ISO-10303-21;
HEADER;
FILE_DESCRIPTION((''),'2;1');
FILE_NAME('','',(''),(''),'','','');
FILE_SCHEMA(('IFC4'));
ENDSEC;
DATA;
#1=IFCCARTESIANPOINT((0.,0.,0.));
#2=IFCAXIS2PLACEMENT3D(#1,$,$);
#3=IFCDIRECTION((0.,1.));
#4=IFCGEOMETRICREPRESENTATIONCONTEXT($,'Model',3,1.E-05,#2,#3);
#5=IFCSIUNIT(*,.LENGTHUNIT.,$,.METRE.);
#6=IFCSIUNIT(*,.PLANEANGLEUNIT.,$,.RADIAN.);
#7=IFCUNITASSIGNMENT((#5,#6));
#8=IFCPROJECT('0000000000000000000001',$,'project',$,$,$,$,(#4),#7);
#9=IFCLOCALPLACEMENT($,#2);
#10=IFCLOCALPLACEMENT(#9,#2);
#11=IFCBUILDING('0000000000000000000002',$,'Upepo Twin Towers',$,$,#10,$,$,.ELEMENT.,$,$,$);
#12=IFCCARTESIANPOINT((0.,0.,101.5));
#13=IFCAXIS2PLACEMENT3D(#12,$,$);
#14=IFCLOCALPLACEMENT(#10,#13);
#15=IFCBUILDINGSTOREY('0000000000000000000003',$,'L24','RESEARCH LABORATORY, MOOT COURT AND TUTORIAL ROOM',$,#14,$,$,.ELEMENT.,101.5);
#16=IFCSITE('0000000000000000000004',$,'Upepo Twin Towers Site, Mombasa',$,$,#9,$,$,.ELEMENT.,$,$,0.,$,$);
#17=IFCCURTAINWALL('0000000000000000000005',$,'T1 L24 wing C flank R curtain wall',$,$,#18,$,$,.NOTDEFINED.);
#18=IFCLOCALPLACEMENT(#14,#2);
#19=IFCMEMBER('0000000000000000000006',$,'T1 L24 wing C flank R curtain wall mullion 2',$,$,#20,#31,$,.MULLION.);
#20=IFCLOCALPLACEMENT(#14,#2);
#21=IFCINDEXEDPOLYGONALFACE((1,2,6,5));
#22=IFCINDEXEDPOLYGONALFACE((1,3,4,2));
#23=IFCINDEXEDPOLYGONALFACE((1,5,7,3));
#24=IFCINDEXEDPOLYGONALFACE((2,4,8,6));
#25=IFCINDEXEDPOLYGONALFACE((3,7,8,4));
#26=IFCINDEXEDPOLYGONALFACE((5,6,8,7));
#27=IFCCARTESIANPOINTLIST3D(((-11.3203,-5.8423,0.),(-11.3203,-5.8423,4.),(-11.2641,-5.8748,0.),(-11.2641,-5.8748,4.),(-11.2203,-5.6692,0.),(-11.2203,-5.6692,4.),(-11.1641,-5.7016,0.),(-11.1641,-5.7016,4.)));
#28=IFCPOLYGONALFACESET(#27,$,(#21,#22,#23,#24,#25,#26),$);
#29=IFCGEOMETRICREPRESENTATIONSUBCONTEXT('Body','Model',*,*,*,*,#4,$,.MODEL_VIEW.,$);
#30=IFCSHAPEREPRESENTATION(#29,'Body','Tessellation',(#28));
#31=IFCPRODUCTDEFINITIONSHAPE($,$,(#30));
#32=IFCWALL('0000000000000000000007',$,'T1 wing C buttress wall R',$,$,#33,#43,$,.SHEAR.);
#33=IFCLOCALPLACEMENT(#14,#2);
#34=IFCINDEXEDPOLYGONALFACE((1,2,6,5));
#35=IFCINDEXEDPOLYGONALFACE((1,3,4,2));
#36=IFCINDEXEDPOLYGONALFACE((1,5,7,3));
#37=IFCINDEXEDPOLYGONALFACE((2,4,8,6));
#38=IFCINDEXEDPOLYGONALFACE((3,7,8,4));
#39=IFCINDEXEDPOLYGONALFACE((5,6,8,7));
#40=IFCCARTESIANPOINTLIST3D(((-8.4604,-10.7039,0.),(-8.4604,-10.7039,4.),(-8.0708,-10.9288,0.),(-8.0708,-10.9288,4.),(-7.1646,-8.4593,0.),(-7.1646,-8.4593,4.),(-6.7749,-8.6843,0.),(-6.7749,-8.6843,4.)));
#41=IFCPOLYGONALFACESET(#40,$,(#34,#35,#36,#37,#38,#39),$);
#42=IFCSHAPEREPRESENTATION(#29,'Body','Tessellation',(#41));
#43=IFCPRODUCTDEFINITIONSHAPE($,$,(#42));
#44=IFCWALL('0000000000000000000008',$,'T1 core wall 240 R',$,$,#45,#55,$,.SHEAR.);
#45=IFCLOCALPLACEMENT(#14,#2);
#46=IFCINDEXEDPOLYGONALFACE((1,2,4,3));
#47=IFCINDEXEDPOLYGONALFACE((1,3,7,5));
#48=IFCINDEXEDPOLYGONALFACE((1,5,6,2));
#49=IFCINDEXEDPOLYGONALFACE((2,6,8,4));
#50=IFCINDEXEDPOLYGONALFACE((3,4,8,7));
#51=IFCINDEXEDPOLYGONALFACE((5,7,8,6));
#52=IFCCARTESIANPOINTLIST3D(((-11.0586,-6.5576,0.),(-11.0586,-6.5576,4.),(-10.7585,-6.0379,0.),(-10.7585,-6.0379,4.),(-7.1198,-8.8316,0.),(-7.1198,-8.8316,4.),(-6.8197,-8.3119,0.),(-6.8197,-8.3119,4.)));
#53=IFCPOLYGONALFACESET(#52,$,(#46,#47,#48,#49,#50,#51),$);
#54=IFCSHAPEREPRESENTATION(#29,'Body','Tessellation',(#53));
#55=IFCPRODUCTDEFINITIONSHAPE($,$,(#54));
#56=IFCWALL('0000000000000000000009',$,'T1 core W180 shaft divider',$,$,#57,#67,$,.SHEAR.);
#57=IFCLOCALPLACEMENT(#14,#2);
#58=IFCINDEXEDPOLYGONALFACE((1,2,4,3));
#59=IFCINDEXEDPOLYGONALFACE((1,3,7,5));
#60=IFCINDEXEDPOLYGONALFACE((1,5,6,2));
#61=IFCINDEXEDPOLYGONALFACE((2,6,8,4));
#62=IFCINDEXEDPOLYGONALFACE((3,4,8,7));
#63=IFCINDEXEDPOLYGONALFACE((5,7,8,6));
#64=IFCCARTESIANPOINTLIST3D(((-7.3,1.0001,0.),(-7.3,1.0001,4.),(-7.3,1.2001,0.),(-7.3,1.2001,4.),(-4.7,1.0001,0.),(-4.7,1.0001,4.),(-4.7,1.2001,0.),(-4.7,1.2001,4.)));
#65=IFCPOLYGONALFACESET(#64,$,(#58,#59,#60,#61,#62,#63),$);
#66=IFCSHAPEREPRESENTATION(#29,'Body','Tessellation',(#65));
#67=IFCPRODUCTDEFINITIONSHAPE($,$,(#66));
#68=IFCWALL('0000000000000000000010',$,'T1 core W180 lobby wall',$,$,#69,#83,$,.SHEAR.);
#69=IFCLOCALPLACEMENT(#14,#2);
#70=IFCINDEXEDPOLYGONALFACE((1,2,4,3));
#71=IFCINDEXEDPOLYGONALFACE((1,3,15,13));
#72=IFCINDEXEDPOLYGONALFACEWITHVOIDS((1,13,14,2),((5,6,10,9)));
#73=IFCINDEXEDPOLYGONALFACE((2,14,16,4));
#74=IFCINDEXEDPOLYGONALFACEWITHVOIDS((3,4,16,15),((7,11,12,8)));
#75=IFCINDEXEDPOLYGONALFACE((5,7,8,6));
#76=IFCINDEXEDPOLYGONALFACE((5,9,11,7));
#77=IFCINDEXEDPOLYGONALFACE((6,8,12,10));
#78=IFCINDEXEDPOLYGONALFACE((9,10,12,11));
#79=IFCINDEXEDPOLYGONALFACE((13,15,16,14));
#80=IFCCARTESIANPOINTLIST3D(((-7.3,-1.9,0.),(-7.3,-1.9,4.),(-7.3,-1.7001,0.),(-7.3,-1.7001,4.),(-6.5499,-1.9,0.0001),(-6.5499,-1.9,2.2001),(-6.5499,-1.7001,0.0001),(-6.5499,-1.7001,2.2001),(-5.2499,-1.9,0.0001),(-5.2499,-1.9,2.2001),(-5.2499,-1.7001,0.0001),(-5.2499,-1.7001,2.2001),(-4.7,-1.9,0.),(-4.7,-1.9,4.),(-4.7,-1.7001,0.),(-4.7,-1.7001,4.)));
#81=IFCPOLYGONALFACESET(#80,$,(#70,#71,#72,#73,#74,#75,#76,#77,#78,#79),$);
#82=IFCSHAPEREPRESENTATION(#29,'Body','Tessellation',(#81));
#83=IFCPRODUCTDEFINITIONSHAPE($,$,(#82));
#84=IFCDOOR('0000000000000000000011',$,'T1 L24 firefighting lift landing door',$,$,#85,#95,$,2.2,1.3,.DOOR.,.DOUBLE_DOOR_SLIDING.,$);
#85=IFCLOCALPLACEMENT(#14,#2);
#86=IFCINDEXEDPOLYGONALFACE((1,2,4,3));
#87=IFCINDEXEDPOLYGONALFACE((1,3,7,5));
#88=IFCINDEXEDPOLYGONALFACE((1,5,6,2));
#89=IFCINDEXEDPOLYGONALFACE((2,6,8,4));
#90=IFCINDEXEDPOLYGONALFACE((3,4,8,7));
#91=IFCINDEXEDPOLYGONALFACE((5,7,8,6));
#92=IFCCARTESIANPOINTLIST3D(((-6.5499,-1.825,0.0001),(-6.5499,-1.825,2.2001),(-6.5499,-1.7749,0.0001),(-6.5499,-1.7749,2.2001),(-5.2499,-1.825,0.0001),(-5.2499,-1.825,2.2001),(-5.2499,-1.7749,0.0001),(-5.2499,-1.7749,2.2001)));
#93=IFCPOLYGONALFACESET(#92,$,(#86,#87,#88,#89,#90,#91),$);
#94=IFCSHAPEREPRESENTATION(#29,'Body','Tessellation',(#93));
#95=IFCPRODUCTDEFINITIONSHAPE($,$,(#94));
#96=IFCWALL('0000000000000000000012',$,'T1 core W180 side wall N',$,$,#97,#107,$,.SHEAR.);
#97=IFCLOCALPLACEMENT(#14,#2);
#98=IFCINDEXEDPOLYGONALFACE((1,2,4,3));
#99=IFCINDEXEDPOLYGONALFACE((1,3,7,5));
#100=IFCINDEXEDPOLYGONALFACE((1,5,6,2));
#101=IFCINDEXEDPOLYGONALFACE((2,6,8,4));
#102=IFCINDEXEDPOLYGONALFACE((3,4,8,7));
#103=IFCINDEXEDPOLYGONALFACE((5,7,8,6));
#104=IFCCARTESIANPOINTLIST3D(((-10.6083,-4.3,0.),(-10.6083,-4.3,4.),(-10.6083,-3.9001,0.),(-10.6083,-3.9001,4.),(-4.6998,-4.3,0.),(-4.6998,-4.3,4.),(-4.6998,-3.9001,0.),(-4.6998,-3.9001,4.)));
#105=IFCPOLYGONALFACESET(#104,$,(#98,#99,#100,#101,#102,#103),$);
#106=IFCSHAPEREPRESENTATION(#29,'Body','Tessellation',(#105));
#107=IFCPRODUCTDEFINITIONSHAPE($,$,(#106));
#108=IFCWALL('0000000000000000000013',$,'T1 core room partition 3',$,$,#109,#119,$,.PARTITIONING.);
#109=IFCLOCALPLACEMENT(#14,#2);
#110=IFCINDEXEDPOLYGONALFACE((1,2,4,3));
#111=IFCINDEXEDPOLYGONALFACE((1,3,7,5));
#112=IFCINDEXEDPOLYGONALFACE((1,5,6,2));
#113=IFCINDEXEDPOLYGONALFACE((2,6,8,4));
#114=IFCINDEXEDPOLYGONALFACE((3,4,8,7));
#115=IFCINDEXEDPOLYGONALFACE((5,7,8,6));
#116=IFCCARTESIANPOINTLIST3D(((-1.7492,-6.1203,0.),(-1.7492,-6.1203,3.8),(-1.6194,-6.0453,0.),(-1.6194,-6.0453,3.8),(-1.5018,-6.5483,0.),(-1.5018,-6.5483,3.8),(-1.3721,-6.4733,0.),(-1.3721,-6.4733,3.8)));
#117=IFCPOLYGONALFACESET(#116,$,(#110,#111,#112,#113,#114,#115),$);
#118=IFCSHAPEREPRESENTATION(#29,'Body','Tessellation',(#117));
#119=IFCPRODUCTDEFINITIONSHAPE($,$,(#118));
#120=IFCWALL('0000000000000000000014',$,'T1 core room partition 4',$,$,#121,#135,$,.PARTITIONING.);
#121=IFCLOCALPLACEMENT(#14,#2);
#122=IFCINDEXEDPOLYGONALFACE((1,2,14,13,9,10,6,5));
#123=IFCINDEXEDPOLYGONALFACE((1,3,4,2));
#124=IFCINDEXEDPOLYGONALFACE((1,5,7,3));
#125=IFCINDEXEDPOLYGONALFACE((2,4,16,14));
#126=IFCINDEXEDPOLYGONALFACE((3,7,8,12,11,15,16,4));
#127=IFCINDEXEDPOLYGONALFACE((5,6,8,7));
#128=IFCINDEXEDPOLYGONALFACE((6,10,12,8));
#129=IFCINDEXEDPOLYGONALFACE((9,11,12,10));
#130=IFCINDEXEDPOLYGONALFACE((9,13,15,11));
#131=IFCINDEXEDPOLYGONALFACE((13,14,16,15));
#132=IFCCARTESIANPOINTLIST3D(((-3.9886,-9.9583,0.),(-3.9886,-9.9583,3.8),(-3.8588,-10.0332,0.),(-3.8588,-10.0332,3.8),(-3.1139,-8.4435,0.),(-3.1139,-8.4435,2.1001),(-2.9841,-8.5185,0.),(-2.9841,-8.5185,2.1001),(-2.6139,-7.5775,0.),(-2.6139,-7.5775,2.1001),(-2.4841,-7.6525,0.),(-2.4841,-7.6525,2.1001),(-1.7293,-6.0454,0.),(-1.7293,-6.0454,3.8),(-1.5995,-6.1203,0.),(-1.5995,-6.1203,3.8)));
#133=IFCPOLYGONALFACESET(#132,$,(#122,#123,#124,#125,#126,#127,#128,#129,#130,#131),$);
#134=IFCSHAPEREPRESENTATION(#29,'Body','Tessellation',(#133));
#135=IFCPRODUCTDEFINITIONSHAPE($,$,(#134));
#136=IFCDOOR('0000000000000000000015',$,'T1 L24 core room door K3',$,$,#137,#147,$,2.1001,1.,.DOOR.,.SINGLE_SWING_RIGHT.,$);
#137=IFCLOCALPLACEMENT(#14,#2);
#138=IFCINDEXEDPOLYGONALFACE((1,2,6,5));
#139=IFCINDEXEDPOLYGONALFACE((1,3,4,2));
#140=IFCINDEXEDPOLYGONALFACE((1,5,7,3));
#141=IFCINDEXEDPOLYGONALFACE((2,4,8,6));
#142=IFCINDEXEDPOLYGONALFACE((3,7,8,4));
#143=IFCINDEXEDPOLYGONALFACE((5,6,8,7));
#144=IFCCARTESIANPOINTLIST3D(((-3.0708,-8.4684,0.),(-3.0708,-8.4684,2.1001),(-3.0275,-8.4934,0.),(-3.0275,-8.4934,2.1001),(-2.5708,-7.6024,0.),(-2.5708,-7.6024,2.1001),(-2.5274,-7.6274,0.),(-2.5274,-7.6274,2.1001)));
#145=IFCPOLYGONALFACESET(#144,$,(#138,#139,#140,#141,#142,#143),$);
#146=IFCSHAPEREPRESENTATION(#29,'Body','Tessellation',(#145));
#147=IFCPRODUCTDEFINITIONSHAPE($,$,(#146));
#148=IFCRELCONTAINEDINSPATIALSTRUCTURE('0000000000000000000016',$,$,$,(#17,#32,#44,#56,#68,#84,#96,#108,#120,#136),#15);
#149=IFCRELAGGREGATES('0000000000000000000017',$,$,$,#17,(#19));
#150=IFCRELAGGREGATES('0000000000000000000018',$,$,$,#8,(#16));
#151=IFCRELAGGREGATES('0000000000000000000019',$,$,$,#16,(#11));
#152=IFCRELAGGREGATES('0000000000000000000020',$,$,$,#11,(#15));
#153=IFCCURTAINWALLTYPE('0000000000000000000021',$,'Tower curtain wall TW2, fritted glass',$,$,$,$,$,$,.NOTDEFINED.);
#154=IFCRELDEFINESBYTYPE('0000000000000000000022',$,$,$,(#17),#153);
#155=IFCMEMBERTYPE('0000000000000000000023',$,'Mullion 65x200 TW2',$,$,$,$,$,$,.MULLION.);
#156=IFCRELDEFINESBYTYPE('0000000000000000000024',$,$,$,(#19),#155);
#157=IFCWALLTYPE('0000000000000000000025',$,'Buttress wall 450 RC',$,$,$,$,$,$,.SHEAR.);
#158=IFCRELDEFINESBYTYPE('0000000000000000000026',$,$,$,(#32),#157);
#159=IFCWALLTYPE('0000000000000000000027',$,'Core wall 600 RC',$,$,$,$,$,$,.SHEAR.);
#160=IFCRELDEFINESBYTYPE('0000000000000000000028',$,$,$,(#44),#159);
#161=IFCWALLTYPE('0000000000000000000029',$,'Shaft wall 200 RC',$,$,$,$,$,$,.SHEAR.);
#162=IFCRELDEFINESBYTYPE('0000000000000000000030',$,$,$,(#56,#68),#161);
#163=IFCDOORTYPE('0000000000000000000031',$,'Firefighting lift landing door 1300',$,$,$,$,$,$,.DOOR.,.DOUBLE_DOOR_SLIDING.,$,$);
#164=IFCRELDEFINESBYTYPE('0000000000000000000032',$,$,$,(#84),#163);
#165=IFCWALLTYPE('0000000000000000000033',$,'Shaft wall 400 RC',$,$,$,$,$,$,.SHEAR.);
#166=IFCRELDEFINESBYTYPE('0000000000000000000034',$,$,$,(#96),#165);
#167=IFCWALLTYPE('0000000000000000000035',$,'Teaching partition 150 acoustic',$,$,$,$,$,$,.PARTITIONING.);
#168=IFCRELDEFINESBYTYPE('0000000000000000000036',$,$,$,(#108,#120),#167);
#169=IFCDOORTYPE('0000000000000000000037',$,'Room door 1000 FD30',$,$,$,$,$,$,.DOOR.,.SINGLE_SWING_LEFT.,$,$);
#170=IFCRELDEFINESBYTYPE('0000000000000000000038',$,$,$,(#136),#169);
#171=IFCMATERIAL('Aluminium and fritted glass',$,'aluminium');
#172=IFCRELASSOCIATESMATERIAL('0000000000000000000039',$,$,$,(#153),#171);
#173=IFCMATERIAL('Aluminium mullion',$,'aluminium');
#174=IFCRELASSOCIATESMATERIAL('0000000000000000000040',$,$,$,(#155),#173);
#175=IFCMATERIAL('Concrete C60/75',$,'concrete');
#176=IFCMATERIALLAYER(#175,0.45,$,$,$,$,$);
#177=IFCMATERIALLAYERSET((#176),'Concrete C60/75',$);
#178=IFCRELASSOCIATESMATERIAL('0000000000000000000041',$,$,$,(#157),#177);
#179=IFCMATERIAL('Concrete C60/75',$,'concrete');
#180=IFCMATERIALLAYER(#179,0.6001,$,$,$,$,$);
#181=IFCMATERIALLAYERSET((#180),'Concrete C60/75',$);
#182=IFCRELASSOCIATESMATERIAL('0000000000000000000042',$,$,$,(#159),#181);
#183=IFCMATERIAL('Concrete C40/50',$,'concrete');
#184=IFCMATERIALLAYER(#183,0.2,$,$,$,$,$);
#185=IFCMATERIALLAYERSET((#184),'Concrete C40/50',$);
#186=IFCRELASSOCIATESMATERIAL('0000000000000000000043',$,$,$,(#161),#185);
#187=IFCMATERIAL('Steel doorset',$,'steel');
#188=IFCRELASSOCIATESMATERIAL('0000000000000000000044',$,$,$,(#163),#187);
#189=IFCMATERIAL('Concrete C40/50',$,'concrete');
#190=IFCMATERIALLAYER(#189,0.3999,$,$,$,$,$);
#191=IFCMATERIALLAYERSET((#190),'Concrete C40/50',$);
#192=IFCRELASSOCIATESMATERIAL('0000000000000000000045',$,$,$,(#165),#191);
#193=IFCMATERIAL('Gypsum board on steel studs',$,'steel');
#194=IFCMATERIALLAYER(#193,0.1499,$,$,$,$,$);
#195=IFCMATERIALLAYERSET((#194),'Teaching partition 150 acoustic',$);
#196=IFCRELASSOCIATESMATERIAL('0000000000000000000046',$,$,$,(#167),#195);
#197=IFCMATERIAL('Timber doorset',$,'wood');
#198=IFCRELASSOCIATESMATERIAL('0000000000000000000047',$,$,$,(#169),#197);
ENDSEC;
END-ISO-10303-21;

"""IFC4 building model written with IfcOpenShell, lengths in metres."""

from ifc_helpers import new_model, si_unit, direction, frame, frame_2d, origin, origin_2d, place, context, subcontext, project, spatial, rectangle, extrude, material, layer, layer_set, material_profile, profile_set, type_object, element, fill, aggregate, save


model = new_model("IFC4")

# Units and contexts
model_context = context("Model", 3, precision=1e-05, world=origin(), true_north=direction((0.0, 1.0)))
body_context = subcontext(model_context, "Body", "Model", "MODEL_VIEW")
ifc_project = project(units=[si_unit("LENGTHUNIT", "METRE"), si_unit("PLANEANGLEUNIT", "RADIAN")], contexts=[model_context])

# Site, building, storey
site_placement = place(None, origin())
site = spatial("IfcSite", under=ifc_project, at=site_placement, Name="Upepo Twin Towers Site, Mombasa", CompositionType="ELEMENT", RefElevation=0.0)
building_placement = place(site_placement, origin())
building = spatial("IfcBuilding", under=site, at=building_placement, Name="Upepo Twin Towers", CompositionType="ELEMENT")
storey_placement = place(building_placement, frame((0.0, 0.0, 101.5)))
storey = spatial("IfcBuildingStorey", under=building, at=storey_placement, Name="L24", Description="RESEARCH LABORATORY, MOOT COURT AND TUTORIAL ROOM", CompositionType="ELEMENT", Elevation=101.5)

# Curtain wall, member
ifc_material_1 = material(Name="Aluminium and fritted glass", Category="aluminium")
curtain_wall_type = type_object("IfcCurtainWallType", Name="Tower curtain wall TW2, fritted glass", PredefinedType="NOTDEFINED", material=ifc_material_1)
curtain_wall_placement = place(storey_placement, origin())
curtain_wall = element("IfcCurtainWall", 1, at=curtain_wall_placement, inside=storey, type_object=curtain_wall_type, Name="T1 L24 wing C flank R curtain wall", PredefinedType="NOTDEFINED")
ifc_material_2 = material(Name="Aluminium mullion", Category="aluminium")
ifc_material_profile = material_profile(ifc_material_2, rectangle(XDim=0.0649, YDim=0.2, at=origin_2d()), Name="MULLION 65x200")
ifc_profile_set = profile_set([ifc_material_profile], Name="Aluminium mullion")
member_type = type_object("IfcMemberType", Name="Mullion 65x200 TW2", PredefinedType="MULLION", material=ifc_profile_set)
member_placement = place(storey_placement, frame((-11.2422, -5.772, 0.0), z_axis=(0.0, 0.0, 1.0), x_axis=(-0.866025, 0.5, 0.0)))
member = element("IfcMember", 2, at=member_placement, type_object=member_type, Name="T1 L24 wing C flank R curtain wall mullion 2", PredefinedType="MULLION", context=body_context, shape_type="SweptSolid", body=[
    extrude(rectangle(XDim=0.0649, YDim=0.2, at=origin_2d()), origin(), (0.0, 0.0, 1.0), 4.0),
])
aggregate(curtain_wall, [member])

# Walls
ifc_material_3 = material(Name="Concrete C60/75", Category="concrete")
ifc_layer_1 = layer(ifc_material_3, 0.45)
ifc_layer_set_1 = layer_set([ifc_layer_1], Name="Concrete C60/75")
wall_type_1 = type_object("IfcWallType", Name="Buttress wall 450 RC", PredefinedType="SHEAR", material=ifc_layer_set_1)
wall_1_placement = place(storey_placement, frame((-6.9697, -8.5718, 0.0), z_axis=(0.0, 0.0, 1.0), x_axis=(-0.499989, -0.866032, 0.0)))
element("IfcWall", 3, at=wall_1_placement, inside=storey, type_object=wall_type_1, Name="T1 wing C buttress wall R", PredefinedType="SHEAR", context=body_context, shape_type="SweptSolid", body=[
    extrude(rectangle(XDim=2.5918, YDim=0.45, at=frame_2d((1.2959, 0.0))), origin(), (0.0, 0.0, 1.0), 4.0),
])
ifc_material_4 = material(Name="Concrete C60/75", Category="concrete")
ifc_layer_2 = layer(ifc_material_4, 0.6001)
ifc_layer_set_2 = layer_set([ifc_layer_2], Name="Concrete C60/75")
wall_type_2 = type_object("IfcWallType", Name="Core wall 600 RC", PredefinedType="SHEAR", material=ifc_layer_set_2)
wall_2_placement = place(storey_placement, frame((-10.9084, -6.2979, 0.0), z_axis=(0.0, 0.0, 1.0), x_axis=(0.866035, -0.499984, 0.0)))
element("IfcWall", 4, at=wall_2_placement, inside=storey, type_object=wall_type_2, Name="T1 core wall 240 R", PredefinedType="SHEAR", context=body_context, shape_type="SweptSolid", body=[
    extrude(rectangle(XDim=4.5481, YDim=0.6001, at=frame_2d((2.2739, 0.0))), origin(), (0.0, 0.0, 1.0), 4.0),
])
ifc_material_5 = material(Name="Concrete C40/50", Category="concrete")
ifc_layer_3 = layer(ifc_material_5, 0.2)
ifc_layer_set_3 = layer_set([ifc_layer_3], Name="Concrete C40/50")
wall_type_3 = type_object("IfcWallType", Name="Shaft wall 200 RC", PredefinedType="SHEAR", material=ifc_layer_set_3)
wall_3_placement = place(storey_placement, frame((-4.7, 1.1001, 0.0), z_axis=(0.0, 0.0, 1.0), x_axis=(-1.0, 0.0, 0.0)))
element("IfcWall", 5, at=wall_3_placement, inside=storey, type_object=wall_type_3, Name="T1 core W180 shaft divider", PredefinedType="SHEAR", context=body_context, shape_type="SweptSolid", body=[
    extrude(rectangle(XDim=2.6001, YDim=0.2, at=frame_2d((1.3, 0.0))), origin(), (0.0, 0.0, 1.0), 4.0),
])

# Wall, opening, door
wall_4_placement = place(storey_placement, frame((-4.7, -1.8, 0.0), z_axis=(0.0, 0.0, 1.0), x_axis=(-1.0, 0.0, 0.0)))
wall_4 = element("IfcWall", 6, at=wall_4_placement, inside=storey, type_object=wall_type_3, Name="T1 core W180 lobby wall", PredefinedType="SHEAR", context=body_context, shape_type="SweptSolid", body=[
    extrude(rectangle(XDim=2.6001, YDim=0.2, at=frame_2d((1.3, 0.0))), origin(), (0.0, 0.0, 1.0), 4.0),
])
opening_1_placement = place(wall_4_placement, frame((0.55, 0.0, 0.0)))
opening_1 = element("IfcOpeningElement", 7, at=opening_1_placement, cuts=wall_4, PredefinedType="OPENING", context=body_context, shape_type="SweptSolid", body=[
    extrude(rectangle(XDim=1.3, YDim=2.2, at=frame_2d((0.6499, 1.1001))), frame((0.0, 0.1099, 0.0), z_axis=(0.0, -1.0, 0.0), x_axis=(1.0, 0.0, 0.0)), (0.0, 0.0, 1.0), 0.22),
])
ifc_material_6 = material(Name="Steel doorset", Category="steel")
door_type_1 = type_object("IfcDoorType", Name="Firefighting lift landing door 1300", OperationType="DOUBLE_DOOR_SLIDING", PredefinedType="DOOR", material=ifc_material_6)
door_1_placement = place(opening_1_placement, origin())
door_1 = element("IfcDoor", 8, at=door_1_placement, inside=storey, type_object=door_type_1, Name="T1 L24 firefighting lift landing door", OperationType="DOUBLE_DOOR_SLIDING", OverallHeight=2.2, OverallWidth=1.3, PredefinedType="DOOR", context=body_context, shape_type="SweptSolid", body=[
    extrude(rectangle(XDim=1.3, YDim=2.2, at=frame_2d((0.6499, 1.1001))), frame((0.0, 0.0249, 0.0), z_axis=(0.0, -1.0, 0.0), x_axis=(1.0, 0.0, 0.0)), (0.0, 0.0, 1.0), 0.05),
])
fill(opening_1, door_1)

# Walls
ifc_material_7 = material(Name="Concrete C40/50", Category="concrete")
ifc_layer_4 = layer(ifc_material_7, 0.3999)
ifc_layer_set_4 = layer_set([ifc_layer_4], Name="Concrete C40/50")
wall_type_4 = type_object("IfcWallType", Name="Shaft wall 400 RC", PredefinedType="SHEAR", material=ifc_layer_set_4)
wall_5_placement = place(storey_placement, frame((-4.7, -4.1001, 0.0), z_axis=(0.0, 0.0, 1.0), x_axis=(-1.0, 0.0, 0.0)))
element("IfcWall", 9, at=wall_5_placement, inside=storey, type_object=wall_type_4, Name="T1 core W180 side wall N", PredefinedType="SHEAR", context=body_context, shape_type="SweptSolid", body=[
    extrude(rectangle(XDim=5.9084, YDim=0.3999, at=frame_2d((2.9541, 0.0))), origin(), (0.0, 0.0, 1.0), 4.0),
])
ifc_material_8 = material(Name="Gypsum board on steel studs", Category="steel")
ifc_layer_5 = layer(ifc_material_8, 0.1499)
ifc_layer_set_5 = layer_set([ifc_layer_5], Name="Teaching partition 150 acoustic")
wall_type_5 = type_object("IfcWallType", Name="Teaching partition 150 acoustic", PredefinedType="PARTITIONING", material=ifc_layer_set_5)
wall_6_placement = place(storey_placement, frame((-1.437, -6.5107, 0.0), z_axis=(0.0, 0.0, 1.0), x_axis=(-0.500335, 0.865832, 0.0)))
element("IfcWall", 10, at=wall_6_placement, inside=storey, type_object=wall_type_5, Name="T1 core room partition 3", PredefinedType="PARTITIONING", context=body_context, shape_type="SweptSolid", body=[
    extrude(rectangle(XDim=0.4944, YDim=0.1499, at=frame_2d((0.2471, 0.0))), origin(), (0.0, 0.0, 1.0), 3.8),
])

# Wall, opening, door
wall_7_placement = place(storey_placement, frame((-1.6643, -6.0828, 0.0), z_axis=(0.0, 0.0, 1.0), x_axis=(-0.500033, -0.866007, 0.0)))
wall_7 = element("IfcWall", 11, at=wall_7_placement, inside=storey, type_object=wall_type_5, Name="T1 core room partition 4", PredefinedType="PARTITIONING", context=body_context, shape_type="SweptSolid", body=[
    extrude(rectangle(XDim=4.5183, YDim=0.1499, at=frame_2d((2.2593, 0.0))), origin(), (0.0, 0.0, 1.0), 3.8),
])
opening_2_placement = place(wall_7_placement, frame((1.7693, 0.0, 0.0)))
opening_2 = element("IfcOpeningElement", 12, at=opening_2_placement, cuts=wall_7, PredefinedType="OPENING", context=body_context, shape_type="SweptSolid", body=[
    extrude(rectangle(XDim=1.0, YDim=2.1001, at=frame_2d((0.5, 1.05))), frame((0.0, 0.085, 0.0), z_axis=(0.0, -1.0, 0.0), x_axis=(1.0, 0.0, 0.0)), (0.0, 0.0, 1.0), 0.1699),
])
ifc_material_9 = material(Name="Timber doorset", Category="wood")
door_type_2 = type_object("IfcDoorType", Name="Room door 1000 FD30", OperationType="SINGLE_SWING_LEFT", PredefinedType="DOOR", material=ifc_material_9)
door_2_placement = place(opening_2_placement, origin())
door_2 = element("IfcDoor", 13, at=door_2_placement, inside=storey, type_object=door_type_2, Name="T1 L24 core room door K3", OperationType="SINGLE_SWING_RIGHT", OverallHeight=2.1001, OverallWidth=1.0, PredefinedType="DOOR", context=body_context, shape_type="SweptSolid", body=[
    extrude(rectangle(XDim=1.0, YDim=2.1001, at=frame_2d((0.5, 1.05))), frame((0.0, 0.0249, 0.0), z_axis=(0.0, -1.0, 0.0), x_axis=(1.0, 0.0, 0.0)), (0.0, 0.0, 1.0), 0.05),
])
fill(opening_2, door_2)

save(model, "model.ifc")
